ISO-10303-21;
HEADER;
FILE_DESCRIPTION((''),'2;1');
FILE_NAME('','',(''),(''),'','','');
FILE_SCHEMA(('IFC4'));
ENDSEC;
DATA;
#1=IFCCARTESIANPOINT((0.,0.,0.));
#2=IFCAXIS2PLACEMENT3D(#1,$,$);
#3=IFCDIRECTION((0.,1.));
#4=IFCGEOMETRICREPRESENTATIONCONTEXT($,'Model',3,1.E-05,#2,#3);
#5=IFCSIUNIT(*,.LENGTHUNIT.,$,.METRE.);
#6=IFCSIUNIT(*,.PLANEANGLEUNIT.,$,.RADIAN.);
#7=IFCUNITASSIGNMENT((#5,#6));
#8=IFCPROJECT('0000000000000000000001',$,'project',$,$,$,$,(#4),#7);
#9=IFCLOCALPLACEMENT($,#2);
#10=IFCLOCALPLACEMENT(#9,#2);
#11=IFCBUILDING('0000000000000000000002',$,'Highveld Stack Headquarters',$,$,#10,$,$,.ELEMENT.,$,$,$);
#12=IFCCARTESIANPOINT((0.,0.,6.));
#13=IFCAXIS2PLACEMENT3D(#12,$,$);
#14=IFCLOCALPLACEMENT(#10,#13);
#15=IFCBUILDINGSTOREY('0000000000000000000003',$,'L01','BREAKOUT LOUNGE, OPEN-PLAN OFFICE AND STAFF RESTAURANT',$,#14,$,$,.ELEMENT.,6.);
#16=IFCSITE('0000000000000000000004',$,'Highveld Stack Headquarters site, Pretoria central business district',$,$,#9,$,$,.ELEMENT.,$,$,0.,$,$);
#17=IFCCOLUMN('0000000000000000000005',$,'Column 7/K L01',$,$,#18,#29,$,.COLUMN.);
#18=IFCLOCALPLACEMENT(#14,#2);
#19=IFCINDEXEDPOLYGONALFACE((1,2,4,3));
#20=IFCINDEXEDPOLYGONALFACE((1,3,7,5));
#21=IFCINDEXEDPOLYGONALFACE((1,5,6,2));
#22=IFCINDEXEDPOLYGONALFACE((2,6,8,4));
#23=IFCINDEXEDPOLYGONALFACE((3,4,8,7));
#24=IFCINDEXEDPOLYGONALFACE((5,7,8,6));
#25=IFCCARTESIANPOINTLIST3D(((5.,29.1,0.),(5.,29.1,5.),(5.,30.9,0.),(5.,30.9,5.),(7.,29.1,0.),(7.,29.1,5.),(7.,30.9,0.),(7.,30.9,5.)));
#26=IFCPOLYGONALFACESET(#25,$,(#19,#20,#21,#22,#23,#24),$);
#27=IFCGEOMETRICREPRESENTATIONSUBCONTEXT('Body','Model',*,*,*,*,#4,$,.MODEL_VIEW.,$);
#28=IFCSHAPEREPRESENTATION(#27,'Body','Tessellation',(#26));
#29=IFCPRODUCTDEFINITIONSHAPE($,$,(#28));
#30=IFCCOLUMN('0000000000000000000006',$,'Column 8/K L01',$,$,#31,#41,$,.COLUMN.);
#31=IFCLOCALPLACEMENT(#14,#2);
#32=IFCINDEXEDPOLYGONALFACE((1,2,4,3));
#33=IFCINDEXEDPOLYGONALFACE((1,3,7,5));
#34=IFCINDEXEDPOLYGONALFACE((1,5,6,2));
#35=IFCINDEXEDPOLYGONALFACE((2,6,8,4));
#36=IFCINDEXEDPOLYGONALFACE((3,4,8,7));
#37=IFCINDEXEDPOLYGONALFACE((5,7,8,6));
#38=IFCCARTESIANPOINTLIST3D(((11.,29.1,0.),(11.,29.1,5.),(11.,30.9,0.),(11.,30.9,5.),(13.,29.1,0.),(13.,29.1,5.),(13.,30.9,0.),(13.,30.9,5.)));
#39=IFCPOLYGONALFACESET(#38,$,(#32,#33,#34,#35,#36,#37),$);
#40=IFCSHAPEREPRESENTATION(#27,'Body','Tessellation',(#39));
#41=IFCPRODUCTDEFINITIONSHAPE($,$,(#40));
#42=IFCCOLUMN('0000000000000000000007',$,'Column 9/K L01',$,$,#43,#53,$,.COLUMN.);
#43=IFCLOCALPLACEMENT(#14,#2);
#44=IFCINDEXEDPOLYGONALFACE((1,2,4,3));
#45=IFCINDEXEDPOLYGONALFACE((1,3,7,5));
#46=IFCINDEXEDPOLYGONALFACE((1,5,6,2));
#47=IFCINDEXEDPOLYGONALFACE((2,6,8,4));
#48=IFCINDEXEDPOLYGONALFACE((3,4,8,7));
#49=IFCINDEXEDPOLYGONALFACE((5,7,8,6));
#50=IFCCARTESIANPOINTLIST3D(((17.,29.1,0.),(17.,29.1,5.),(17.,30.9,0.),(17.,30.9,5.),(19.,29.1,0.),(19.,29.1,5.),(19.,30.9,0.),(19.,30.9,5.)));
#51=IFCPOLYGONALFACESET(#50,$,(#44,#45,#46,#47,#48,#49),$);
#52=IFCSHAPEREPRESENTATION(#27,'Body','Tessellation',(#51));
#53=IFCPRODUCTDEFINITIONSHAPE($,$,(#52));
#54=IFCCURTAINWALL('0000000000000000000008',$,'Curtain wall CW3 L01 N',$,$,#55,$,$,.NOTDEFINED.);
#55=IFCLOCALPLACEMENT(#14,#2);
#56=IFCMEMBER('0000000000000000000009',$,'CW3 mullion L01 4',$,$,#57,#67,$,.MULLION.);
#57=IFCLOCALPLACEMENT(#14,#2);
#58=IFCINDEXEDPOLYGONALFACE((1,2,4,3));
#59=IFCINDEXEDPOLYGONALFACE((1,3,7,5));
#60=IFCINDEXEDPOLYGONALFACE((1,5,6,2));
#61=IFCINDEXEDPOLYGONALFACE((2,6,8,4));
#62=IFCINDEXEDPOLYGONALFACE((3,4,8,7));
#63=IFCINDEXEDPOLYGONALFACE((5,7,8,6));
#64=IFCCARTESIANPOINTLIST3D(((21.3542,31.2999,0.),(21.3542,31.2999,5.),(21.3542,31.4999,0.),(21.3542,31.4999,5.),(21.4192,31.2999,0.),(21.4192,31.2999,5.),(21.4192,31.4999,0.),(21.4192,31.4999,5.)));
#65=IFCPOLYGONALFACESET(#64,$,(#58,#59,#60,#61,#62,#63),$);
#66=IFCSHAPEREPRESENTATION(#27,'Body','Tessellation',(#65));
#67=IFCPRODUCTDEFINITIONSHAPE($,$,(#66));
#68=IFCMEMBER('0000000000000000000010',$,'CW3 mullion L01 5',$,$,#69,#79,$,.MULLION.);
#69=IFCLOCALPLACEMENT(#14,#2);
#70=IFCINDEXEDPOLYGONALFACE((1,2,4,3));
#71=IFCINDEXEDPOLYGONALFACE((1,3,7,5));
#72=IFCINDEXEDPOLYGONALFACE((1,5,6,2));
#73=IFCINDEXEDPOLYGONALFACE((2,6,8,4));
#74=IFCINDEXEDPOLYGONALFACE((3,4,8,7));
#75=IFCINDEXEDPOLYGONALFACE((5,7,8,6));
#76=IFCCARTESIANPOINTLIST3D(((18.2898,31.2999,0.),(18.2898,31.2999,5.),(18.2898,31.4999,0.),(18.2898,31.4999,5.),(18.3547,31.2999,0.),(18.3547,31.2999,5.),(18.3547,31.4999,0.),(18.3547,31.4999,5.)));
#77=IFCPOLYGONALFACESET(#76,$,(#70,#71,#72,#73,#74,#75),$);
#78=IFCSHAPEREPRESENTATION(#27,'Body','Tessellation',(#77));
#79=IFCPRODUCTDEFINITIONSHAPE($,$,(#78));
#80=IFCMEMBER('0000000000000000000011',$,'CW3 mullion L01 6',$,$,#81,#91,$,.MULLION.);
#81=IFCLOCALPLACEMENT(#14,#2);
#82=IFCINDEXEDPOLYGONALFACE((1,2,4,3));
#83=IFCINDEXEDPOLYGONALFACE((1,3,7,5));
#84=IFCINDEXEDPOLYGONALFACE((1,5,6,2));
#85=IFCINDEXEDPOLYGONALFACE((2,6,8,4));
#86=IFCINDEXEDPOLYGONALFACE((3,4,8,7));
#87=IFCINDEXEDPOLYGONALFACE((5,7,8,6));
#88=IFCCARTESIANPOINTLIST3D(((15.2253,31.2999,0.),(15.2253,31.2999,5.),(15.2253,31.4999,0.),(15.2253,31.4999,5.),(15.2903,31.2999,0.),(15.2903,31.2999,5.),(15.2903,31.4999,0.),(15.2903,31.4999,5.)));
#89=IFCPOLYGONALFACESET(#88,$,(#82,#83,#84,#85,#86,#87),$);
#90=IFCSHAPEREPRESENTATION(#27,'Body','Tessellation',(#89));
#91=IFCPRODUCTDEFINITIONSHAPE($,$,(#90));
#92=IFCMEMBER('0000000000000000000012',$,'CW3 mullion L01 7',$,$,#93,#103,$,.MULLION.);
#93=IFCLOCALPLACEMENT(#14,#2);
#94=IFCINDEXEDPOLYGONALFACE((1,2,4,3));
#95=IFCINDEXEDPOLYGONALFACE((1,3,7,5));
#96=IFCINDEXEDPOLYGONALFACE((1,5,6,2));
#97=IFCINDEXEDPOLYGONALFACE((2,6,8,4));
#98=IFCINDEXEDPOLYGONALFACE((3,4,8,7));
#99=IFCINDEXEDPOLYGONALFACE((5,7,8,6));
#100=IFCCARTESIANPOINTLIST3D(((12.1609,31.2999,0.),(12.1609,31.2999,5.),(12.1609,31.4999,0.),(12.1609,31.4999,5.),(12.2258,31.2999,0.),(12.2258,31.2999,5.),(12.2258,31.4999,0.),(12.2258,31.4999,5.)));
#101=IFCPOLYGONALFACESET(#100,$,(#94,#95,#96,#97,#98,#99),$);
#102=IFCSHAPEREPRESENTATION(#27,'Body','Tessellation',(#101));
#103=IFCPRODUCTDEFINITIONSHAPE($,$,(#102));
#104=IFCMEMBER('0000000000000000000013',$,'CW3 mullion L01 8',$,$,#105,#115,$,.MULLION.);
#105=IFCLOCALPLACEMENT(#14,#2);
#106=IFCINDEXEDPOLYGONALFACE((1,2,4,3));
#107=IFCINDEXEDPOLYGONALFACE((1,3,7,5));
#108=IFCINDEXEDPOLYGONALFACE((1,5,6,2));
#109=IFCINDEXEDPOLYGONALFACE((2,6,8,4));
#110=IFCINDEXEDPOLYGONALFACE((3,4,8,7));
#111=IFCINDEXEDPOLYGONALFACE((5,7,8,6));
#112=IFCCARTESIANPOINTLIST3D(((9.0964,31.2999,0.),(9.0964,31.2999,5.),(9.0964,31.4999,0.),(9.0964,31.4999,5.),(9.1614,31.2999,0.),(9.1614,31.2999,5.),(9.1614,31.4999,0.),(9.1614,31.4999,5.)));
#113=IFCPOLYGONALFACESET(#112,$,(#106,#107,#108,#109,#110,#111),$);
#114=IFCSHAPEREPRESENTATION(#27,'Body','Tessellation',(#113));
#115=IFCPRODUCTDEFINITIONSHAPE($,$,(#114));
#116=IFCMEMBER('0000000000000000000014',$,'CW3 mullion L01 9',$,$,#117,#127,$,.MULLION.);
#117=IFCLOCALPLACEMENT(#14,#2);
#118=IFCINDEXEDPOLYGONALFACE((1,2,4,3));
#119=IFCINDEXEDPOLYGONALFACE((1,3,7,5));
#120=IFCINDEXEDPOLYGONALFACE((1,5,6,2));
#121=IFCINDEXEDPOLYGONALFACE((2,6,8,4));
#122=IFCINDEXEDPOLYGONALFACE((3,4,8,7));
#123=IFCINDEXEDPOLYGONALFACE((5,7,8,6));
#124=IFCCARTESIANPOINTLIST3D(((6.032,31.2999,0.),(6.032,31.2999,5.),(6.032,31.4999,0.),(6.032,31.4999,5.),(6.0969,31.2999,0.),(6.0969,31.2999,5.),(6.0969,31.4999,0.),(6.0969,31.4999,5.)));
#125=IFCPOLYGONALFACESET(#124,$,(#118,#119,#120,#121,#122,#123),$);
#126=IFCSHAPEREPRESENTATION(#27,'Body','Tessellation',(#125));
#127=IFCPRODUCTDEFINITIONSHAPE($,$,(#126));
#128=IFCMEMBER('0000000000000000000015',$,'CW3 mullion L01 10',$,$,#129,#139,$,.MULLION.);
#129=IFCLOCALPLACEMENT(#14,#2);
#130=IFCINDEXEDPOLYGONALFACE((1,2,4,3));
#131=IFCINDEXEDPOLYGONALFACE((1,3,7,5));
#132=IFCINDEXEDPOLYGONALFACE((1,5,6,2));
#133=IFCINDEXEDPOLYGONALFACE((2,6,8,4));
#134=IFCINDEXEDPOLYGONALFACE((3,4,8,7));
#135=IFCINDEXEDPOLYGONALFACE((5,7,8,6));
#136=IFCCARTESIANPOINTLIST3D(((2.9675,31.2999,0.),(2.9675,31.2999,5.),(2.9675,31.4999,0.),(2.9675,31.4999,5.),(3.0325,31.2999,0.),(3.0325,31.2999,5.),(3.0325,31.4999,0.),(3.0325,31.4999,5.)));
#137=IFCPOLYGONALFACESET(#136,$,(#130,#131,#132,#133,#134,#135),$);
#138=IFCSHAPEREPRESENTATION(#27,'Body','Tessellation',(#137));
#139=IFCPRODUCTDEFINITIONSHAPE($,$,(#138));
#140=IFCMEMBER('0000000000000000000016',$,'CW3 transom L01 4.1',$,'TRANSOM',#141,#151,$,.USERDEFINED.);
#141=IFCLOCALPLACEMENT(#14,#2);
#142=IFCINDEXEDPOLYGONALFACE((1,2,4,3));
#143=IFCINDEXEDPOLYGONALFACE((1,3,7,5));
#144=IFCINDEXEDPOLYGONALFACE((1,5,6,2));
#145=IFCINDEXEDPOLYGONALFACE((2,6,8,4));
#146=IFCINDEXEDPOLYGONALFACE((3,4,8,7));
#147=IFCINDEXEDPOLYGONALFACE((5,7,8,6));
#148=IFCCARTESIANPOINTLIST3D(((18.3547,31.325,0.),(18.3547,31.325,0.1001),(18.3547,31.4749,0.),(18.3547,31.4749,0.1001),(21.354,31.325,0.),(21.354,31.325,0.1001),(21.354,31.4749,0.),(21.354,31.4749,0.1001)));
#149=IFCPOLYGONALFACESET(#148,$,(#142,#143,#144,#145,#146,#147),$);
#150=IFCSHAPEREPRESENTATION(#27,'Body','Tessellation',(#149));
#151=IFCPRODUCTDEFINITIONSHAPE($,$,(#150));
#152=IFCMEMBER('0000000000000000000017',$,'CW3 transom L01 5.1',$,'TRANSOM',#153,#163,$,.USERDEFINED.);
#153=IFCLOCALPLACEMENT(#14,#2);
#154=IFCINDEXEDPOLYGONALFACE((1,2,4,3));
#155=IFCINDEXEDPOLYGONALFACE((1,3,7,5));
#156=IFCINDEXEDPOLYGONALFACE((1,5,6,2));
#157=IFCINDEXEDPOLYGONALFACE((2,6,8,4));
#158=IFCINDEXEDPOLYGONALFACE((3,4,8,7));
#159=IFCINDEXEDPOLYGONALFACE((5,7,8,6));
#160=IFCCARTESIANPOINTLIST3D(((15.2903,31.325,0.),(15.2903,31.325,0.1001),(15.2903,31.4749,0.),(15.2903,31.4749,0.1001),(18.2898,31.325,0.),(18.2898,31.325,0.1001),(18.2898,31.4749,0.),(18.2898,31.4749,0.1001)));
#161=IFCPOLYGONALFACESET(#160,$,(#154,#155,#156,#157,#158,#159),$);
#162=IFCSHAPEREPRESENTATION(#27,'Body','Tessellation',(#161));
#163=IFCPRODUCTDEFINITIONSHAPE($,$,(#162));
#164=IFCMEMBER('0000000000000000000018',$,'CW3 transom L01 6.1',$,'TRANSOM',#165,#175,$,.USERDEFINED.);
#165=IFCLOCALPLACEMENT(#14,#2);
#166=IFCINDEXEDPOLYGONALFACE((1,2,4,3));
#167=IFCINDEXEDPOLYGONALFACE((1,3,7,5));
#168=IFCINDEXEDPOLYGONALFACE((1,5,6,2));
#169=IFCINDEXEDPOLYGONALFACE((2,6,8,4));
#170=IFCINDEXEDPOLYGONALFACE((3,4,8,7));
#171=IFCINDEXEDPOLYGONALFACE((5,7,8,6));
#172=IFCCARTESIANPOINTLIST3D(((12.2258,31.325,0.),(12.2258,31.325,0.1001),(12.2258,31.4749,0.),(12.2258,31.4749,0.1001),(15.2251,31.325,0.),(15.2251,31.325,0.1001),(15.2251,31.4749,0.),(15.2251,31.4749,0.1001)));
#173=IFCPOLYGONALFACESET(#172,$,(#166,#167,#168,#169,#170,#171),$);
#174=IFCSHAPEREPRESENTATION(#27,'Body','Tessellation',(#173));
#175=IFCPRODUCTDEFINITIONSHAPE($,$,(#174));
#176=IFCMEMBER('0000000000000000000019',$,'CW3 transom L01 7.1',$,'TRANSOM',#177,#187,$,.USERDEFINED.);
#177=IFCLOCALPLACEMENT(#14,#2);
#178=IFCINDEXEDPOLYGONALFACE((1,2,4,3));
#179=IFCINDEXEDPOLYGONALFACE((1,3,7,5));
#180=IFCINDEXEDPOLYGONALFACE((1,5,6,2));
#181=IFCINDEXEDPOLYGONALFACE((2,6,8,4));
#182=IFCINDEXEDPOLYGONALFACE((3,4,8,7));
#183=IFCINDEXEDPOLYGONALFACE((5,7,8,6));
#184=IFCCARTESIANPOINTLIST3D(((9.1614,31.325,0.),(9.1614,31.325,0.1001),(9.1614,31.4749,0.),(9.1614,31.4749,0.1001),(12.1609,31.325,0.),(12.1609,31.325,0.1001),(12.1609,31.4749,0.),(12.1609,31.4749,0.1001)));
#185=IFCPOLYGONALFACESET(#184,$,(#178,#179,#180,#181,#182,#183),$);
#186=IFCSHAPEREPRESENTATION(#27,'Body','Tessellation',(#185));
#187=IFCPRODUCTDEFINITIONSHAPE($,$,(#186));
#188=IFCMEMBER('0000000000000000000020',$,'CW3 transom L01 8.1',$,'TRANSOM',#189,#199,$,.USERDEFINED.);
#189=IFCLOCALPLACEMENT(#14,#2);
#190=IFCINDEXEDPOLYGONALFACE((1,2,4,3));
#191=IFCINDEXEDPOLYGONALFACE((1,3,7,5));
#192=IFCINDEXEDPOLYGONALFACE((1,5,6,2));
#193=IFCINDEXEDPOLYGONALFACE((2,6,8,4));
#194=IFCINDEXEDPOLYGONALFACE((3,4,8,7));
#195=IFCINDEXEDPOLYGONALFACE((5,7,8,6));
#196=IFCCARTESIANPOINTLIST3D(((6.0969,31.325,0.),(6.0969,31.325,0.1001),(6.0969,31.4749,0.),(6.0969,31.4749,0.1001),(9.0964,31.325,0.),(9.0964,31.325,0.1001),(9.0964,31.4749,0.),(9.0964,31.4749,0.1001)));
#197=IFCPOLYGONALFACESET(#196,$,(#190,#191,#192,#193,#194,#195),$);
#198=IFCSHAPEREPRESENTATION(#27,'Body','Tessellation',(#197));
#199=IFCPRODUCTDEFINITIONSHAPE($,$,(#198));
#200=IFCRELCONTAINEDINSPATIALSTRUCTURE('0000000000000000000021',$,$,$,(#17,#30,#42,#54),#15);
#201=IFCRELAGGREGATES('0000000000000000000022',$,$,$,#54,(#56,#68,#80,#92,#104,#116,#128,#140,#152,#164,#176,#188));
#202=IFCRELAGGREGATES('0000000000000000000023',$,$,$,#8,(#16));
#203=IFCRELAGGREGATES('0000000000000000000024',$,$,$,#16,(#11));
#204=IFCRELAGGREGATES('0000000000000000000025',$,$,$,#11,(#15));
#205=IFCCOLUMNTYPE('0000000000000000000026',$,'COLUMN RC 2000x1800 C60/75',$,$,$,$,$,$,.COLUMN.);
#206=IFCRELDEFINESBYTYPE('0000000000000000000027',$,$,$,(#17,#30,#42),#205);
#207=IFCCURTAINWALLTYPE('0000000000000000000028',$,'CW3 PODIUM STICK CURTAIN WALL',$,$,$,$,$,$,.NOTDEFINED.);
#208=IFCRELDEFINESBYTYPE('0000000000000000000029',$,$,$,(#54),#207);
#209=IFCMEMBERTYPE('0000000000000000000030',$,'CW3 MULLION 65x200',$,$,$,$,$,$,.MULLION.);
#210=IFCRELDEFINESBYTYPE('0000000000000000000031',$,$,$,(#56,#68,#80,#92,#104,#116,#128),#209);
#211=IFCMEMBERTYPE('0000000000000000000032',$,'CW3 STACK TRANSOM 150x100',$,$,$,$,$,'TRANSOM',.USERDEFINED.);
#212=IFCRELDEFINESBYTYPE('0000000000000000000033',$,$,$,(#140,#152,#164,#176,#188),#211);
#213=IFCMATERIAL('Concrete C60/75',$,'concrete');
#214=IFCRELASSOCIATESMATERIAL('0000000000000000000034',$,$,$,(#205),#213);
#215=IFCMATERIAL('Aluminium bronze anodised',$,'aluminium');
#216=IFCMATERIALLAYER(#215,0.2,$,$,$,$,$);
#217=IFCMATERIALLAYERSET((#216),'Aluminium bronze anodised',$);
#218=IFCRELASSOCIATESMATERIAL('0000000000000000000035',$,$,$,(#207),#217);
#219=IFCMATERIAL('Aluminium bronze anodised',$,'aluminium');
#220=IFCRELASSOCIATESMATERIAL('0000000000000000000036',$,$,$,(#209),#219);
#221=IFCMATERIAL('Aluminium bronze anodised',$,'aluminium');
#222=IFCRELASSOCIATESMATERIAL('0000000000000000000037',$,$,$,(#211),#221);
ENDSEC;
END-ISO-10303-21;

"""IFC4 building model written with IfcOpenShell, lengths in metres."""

from ifc_helpers import new_model, si_unit, direction, frame, origin, origin_2d, place, context, subcontext, project, spatial, rectangle, extrude, material, layer, layer_set, material_profile, profile_set, type_object, element, aggregate, save


model = new_model("IFC4")

# Units and contexts
model_context = context("Model", 3, precision=1e-05, world=origin(), true_north=direction((0.0, 1.0)))
body_context = subcontext(model_context, "Body", "Model", "MODEL_VIEW")
ifc_project = project(units=[si_unit("LENGTHUNIT", "METRE"), si_unit("PLANEANGLEUNIT", "RADIAN")], contexts=[model_context])

# Site, building, storey
site_placement = place(None, origin())
site = spatial("IfcSite", under=ifc_project, at=site_placement, Name="Highveld Stack Headquarters site, Pretoria central business district", CompositionType="ELEMENT", RefElevation=0.0)
building_placement = place(site_placement, origin())
building = spatial("IfcBuilding", under=site, at=building_placement, Name="Highveld Stack Headquarters", CompositionType="ELEMENT")
storey_placement = place(building_placement, frame((0.0, 0.0, 6.0)))
storey = spatial("IfcBuildingStorey", under=building, at=storey_placement, Name="L01", Description="BREAKOUT LOUNGE, OPEN-PLAN OFFICE AND STAFF RESTAURANT", CompositionType="ELEMENT", Elevation=6.0)

# Columns
ifc_material_1 = material(Name="Concrete C60/75", Category="concrete")
ifc_material_profile_1 = material_profile(ifc_material_1, rectangle(XDim=2.0, YDim=1.8, at=origin_2d()), Name="RC 2000x1800")
ifc_profile_set_1 = profile_set([ifc_material_profile_1], Name="Concrete C60/75")
column_type = type_object("IfcColumnType", Name="COLUMN RC 2000x1800 C60/75", PredefinedType="COLUMN", material=ifc_profile_set_1)
for number, where, z_axis, x_axis, name in (
    (1, (6.0, 30.0, 0.0), (0.0, 0.0, 1.0), (1.0, 0.0, 0.0), "Column 7/K L01"),
    (2, (12.0, 30.0, 0.0), (0.0, 0.0, 1.0), (1.0, 0.0, 0.0), "Column 8/K L01"),
    (3, (18.0, 30.0, 0.0), (0.0, 0.0, 1.0), (1.0, 0.0, 0.0), "Column 9/K L01"),
):
    element("IfcColumn", number, at=place(storey_placement, frame(where, z_axis=z_axis, x_axis=x_axis)), inside=storey, type_object=column_type, Name=name, PredefinedType="COLUMN", context=body_context, shape_type="SweptSolid", body=[
        extrude(rectangle(XDim=2.0, YDim=1.8, at=origin_2d()), origin(), (0.0, 0.0, 1.0), 5.0),
    ])

# Curtain wall, members
ifc_material_2 = material(Name="Aluminium bronze anodised", Category="aluminium")
ifc_layer_1 = layer(ifc_material_2, 0.2)
ifc_layer_set_1 = layer_set([ifc_layer_1], Name="Aluminium bronze anodised")
curtain_wall_type = type_object("IfcCurtainWallType", Name="CW3 PODIUM STICK CURTAIN WALL", PredefinedType="NOTDEFINED", material=ifc_layer_set_1)
curtain_wall_placement = place(storey_placement, origin())
curtain_wall = element("IfcCurtainWall", 4, at=curtain_wall_placement, inside=storey, type_object=curtain_wall_type, Name="Curtain wall CW3 L01 N", PredefinedType="NOTDEFINED")
ifc_material_3 = material(Name="Aluminium bronze anodised", Category="aluminium")
ifc_material_profile_2 = material_profile(ifc_material_3, rectangle(XDim=0.2, YDim=0.0649, at=origin_2d()), Name="CW3 MULLION 65x200")
ifc_profile_set_2 = profile_set([ifc_material_profile_2], Name="Aluminium bronze anodised")
member_type_1 = type_object("IfcMemberType", Name="CW3 MULLION 65x200", PredefinedType="MULLION", material=ifc_profile_set_2)
member_1_placement = place(storey_placement, frame((21.3867, 31.3999, 0.0), z_axis=(0.0, 0.0, 1.0), x_axis=(0.0, -1.0, 0.0)))
member_1 = element("IfcMember", 5, at=member_1_placement, type_object=member_type_1, Name="CW3 mullion L01 4", PredefinedType="MULLION", context=body_context, shape_type="SweptSolid", body=[
    extrude(rectangle(XDim=0.2, YDim=0.0649, at=origin_2d()), origin(), (0.0, 0.0, 1.0), 5.0),
])
member_2_placement = place(storey_placement, frame((18.3223, 31.3999, 0.0), z_axis=(0.0, 0.0, 1.0), x_axis=(0.0, -1.0, 0.0)))
member_2 = element("IfcMember", 6, at=member_2_placement, type_object=member_type_1, Name="CW3 mullion L01 5", PredefinedType="MULLION", context=body_context, shape_type="SweptSolid", body=[
    extrude(rectangle(XDim=0.2, YDim=0.0649, at=origin_2d()), origin(), (0.0, 0.0, 1.0), 5.0),
])
member_3_placement = place(storey_placement, frame((15.2578, 31.3999, 0.0), z_axis=(0.0, 0.0, 1.0), x_axis=(0.0, -1.0, 0.0)))
member_3 = element("IfcMember", 7, at=member_3_placement, type_object=member_type_1, Name="CW3 mullion L01 6", PredefinedType="MULLION", context=body_context, shape_type="SweptSolid", body=[
    extrude(rectangle(XDim=0.2, YDim=0.0649, at=origin_2d()), origin(), (0.0, 0.0, 1.0), 5.0),
])
member_4_placement = place(storey_placement, frame((12.1934, 31.3999, 0.0), z_axis=(0.0, 0.0, 1.0), x_axis=(0.0, -1.0, 0.0)))
member_4 = element("IfcMember", 8, at=member_4_placement, type_object=member_type_1, Name="CW3 mullion L01 7", PredefinedType="MULLION", context=body_context, shape_type="SweptSolid", body=[
    extrude(rectangle(XDim=0.2, YDim=0.0649, at=origin_2d()), origin(), (0.0, 0.0, 1.0), 5.0),
])
member_5_placement = place(storey_placement, frame((9.1289, 31.3999, 0.0), z_axis=(0.0, 0.0, 1.0), x_axis=(0.0, -1.0, 0.0)))
member_5 = element("IfcMember", 9, at=member_5_placement, type_object=member_type_1, Name="CW3 mullion L01 8", PredefinedType="MULLION", context=body_context, shape_type="SweptSolid", body=[
    extrude(rectangle(XDim=0.2, YDim=0.0649, at=origin_2d()), origin(), (0.0, 0.0, 1.0), 5.0),
])
member_6_placement = place(storey_placement, frame((6.0645, 31.3999, 0.0), z_axis=(0.0, 0.0, 1.0), x_axis=(0.0, -1.0, 0.0)))
member_6 = element("IfcMember", 10, at=member_6_placement, type_object=member_type_1, Name="CW3 mullion L01 9", PredefinedType="MULLION", context=body_context, shape_type="SweptSolid", body=[
    extrude(rectangle(XDim=0.2, YDim=0.0649, at=origin_2d()), origin(), (0.0, 0.0, 1.0), 5.0),
])
member_7_placement = place(storey_placement, frame((3.0, 31.3999, 0.0), z_axis=(0.0, 0.0, 1.0), x_axis=(0.0, -1.0, 0.0)))
member_7 = element("IfcMember", 11, at=member_7_placement, type_object=member_type_1, Name="CW3 mullion L01 10", PredefinedType="MULLION", context=body_context, shape_type="SweptSolid", body=[
    extrude(rectangle(XDim=0.2, YDim=0.0649, at=origin_2d()), origin(), (0.0, 0.0, 1.0), 5.0),
])
ifc_material_4 = material(Name="Aluminium bronze anodised", Category="aluminium")
ifc_material_profile_3 = material_profile(ifc_material_4, rectangle(XDim=0.1499, YDim=0.1001, at=origin_2d()), Name="CW3 TRANSOM 150x100")
ifc_profile_set_3 = profile_set([ifc_material_profile_3], Name="Aluminium bronze anodised")
member_type_2 = type_object("IfcMemberType", Name="CW3 STACK TRANSOM 150x100", ElementType="TRANSOM", PredefinedType="USERDEFINED", material=ifc_profile_set_3)
member_8_placement = place(storey_placement, frame((21.354, 31.3999, 0.05), z_axis=(-1.0, 0.0, 0.0), x_axis=(0.0, -1.0, 0.0)))
member_8 = element("IfcMember", 12, at=member_8_placement, type_object=member_type_2, Name="CW3 transom L01 4.1", ObjectType="TRANSOM", PredefinedType="USERDEFINED", context=body_context, shape_type="SweptSolid", body=[
    extrude(rectangle(XDim=0.1499, YDim=0.1001, at=origin_2d()), origin(), (0.0, 0.0, 1.0), 2.9993),
])
member_9_placement = place(storey_placement, frame((18.2898, 31.3999, 0.05), z_axis=(-1.0, 0.0, 0.0), x_axis=(0.0, -1.0, 0.0)))
member_9 = element("IfcMember", 13, at=member_9_placement, type_object=member_type_2, Name="CW3 transom L01 5.1", ObjectType="TRANSOM", PredefinedType="USERDEFINED", context=body_context, shape_type="SweptSolid", body=[
    extrude(rectangle(XDim=0.1499, YDim=0.1001, at=origin_2d()), origin(), (0.0, 0.0, 1.0), 2.9995),
])
member_10_placement = place(storey_placement, frame((15.2251, 31.3999, 0.05), z_axis=(-1.0, 0.0, 0.0), x_axis=(0.0, -1.0, 0.0)))
member_10 = element("IfcMember", 14, at=member_10_placement, type_object=member_type_2, Name="CW3 transom L01 6.1", ObjectType="TRANSOM", PredefinedType="USERDEFINED", context=body_context, shape_type="SweptSolid", body=[
    extrude(rectangle(XDim=0.1499, YDim=0.1001, at=origin_2d()), origin(), (0.0, 0.0, 1.0), 2.9993),
])
member_11_placement = place(storey_placement, frame((12.1609, 31.3999, 0.05), z_axis=(-1.0, 0.0, 0.0), x_axis=(0.0, -1.0, 0.0)))
member_11 = element("IfcMember", 15, at=member_11_placement, type_object=member_type_2, Name="CW3 transom L01 7.1", ObjectType="TRANSOM", PredefinedType="USERDEFINED", context=body_context, shape_type="SweptSolid", body=[
    extrude(rectangle(XDim=0.1499, YDim=0.1001, at=origin_2d()), origin(), (0.0, 0.0, 1.0), 2.9995),
])
member_12_placement = place(storey_placement, frame((9.0964, 31.3999, 0.05), z_axis=(-1.0, 0.0, 0.0), x_axis=(0.0, -1.0, 0.0)))
member_12 = element("IfcMember", 16, at=member_12_placement, type_object=member_type_2, Name="CW3 transom L01 8.1", ObjectType="TRANSOM", PredefinedType="USERDEFINED", context=body_context, shape_type="SweptSolid", body=[
    extrude(rectangle(XDim=0.1499, YDim=0.1001, at=origin_2d()), origin(), (0.0, 0.0, 1.0), 2.9995),
])
aggregate(curtain_wall, [member_1, member_2, member_3, member_4, member_5, member_6, member_7, member_8, member_9, member_10, member_11, member_12])

save(model, "model.ifc")
